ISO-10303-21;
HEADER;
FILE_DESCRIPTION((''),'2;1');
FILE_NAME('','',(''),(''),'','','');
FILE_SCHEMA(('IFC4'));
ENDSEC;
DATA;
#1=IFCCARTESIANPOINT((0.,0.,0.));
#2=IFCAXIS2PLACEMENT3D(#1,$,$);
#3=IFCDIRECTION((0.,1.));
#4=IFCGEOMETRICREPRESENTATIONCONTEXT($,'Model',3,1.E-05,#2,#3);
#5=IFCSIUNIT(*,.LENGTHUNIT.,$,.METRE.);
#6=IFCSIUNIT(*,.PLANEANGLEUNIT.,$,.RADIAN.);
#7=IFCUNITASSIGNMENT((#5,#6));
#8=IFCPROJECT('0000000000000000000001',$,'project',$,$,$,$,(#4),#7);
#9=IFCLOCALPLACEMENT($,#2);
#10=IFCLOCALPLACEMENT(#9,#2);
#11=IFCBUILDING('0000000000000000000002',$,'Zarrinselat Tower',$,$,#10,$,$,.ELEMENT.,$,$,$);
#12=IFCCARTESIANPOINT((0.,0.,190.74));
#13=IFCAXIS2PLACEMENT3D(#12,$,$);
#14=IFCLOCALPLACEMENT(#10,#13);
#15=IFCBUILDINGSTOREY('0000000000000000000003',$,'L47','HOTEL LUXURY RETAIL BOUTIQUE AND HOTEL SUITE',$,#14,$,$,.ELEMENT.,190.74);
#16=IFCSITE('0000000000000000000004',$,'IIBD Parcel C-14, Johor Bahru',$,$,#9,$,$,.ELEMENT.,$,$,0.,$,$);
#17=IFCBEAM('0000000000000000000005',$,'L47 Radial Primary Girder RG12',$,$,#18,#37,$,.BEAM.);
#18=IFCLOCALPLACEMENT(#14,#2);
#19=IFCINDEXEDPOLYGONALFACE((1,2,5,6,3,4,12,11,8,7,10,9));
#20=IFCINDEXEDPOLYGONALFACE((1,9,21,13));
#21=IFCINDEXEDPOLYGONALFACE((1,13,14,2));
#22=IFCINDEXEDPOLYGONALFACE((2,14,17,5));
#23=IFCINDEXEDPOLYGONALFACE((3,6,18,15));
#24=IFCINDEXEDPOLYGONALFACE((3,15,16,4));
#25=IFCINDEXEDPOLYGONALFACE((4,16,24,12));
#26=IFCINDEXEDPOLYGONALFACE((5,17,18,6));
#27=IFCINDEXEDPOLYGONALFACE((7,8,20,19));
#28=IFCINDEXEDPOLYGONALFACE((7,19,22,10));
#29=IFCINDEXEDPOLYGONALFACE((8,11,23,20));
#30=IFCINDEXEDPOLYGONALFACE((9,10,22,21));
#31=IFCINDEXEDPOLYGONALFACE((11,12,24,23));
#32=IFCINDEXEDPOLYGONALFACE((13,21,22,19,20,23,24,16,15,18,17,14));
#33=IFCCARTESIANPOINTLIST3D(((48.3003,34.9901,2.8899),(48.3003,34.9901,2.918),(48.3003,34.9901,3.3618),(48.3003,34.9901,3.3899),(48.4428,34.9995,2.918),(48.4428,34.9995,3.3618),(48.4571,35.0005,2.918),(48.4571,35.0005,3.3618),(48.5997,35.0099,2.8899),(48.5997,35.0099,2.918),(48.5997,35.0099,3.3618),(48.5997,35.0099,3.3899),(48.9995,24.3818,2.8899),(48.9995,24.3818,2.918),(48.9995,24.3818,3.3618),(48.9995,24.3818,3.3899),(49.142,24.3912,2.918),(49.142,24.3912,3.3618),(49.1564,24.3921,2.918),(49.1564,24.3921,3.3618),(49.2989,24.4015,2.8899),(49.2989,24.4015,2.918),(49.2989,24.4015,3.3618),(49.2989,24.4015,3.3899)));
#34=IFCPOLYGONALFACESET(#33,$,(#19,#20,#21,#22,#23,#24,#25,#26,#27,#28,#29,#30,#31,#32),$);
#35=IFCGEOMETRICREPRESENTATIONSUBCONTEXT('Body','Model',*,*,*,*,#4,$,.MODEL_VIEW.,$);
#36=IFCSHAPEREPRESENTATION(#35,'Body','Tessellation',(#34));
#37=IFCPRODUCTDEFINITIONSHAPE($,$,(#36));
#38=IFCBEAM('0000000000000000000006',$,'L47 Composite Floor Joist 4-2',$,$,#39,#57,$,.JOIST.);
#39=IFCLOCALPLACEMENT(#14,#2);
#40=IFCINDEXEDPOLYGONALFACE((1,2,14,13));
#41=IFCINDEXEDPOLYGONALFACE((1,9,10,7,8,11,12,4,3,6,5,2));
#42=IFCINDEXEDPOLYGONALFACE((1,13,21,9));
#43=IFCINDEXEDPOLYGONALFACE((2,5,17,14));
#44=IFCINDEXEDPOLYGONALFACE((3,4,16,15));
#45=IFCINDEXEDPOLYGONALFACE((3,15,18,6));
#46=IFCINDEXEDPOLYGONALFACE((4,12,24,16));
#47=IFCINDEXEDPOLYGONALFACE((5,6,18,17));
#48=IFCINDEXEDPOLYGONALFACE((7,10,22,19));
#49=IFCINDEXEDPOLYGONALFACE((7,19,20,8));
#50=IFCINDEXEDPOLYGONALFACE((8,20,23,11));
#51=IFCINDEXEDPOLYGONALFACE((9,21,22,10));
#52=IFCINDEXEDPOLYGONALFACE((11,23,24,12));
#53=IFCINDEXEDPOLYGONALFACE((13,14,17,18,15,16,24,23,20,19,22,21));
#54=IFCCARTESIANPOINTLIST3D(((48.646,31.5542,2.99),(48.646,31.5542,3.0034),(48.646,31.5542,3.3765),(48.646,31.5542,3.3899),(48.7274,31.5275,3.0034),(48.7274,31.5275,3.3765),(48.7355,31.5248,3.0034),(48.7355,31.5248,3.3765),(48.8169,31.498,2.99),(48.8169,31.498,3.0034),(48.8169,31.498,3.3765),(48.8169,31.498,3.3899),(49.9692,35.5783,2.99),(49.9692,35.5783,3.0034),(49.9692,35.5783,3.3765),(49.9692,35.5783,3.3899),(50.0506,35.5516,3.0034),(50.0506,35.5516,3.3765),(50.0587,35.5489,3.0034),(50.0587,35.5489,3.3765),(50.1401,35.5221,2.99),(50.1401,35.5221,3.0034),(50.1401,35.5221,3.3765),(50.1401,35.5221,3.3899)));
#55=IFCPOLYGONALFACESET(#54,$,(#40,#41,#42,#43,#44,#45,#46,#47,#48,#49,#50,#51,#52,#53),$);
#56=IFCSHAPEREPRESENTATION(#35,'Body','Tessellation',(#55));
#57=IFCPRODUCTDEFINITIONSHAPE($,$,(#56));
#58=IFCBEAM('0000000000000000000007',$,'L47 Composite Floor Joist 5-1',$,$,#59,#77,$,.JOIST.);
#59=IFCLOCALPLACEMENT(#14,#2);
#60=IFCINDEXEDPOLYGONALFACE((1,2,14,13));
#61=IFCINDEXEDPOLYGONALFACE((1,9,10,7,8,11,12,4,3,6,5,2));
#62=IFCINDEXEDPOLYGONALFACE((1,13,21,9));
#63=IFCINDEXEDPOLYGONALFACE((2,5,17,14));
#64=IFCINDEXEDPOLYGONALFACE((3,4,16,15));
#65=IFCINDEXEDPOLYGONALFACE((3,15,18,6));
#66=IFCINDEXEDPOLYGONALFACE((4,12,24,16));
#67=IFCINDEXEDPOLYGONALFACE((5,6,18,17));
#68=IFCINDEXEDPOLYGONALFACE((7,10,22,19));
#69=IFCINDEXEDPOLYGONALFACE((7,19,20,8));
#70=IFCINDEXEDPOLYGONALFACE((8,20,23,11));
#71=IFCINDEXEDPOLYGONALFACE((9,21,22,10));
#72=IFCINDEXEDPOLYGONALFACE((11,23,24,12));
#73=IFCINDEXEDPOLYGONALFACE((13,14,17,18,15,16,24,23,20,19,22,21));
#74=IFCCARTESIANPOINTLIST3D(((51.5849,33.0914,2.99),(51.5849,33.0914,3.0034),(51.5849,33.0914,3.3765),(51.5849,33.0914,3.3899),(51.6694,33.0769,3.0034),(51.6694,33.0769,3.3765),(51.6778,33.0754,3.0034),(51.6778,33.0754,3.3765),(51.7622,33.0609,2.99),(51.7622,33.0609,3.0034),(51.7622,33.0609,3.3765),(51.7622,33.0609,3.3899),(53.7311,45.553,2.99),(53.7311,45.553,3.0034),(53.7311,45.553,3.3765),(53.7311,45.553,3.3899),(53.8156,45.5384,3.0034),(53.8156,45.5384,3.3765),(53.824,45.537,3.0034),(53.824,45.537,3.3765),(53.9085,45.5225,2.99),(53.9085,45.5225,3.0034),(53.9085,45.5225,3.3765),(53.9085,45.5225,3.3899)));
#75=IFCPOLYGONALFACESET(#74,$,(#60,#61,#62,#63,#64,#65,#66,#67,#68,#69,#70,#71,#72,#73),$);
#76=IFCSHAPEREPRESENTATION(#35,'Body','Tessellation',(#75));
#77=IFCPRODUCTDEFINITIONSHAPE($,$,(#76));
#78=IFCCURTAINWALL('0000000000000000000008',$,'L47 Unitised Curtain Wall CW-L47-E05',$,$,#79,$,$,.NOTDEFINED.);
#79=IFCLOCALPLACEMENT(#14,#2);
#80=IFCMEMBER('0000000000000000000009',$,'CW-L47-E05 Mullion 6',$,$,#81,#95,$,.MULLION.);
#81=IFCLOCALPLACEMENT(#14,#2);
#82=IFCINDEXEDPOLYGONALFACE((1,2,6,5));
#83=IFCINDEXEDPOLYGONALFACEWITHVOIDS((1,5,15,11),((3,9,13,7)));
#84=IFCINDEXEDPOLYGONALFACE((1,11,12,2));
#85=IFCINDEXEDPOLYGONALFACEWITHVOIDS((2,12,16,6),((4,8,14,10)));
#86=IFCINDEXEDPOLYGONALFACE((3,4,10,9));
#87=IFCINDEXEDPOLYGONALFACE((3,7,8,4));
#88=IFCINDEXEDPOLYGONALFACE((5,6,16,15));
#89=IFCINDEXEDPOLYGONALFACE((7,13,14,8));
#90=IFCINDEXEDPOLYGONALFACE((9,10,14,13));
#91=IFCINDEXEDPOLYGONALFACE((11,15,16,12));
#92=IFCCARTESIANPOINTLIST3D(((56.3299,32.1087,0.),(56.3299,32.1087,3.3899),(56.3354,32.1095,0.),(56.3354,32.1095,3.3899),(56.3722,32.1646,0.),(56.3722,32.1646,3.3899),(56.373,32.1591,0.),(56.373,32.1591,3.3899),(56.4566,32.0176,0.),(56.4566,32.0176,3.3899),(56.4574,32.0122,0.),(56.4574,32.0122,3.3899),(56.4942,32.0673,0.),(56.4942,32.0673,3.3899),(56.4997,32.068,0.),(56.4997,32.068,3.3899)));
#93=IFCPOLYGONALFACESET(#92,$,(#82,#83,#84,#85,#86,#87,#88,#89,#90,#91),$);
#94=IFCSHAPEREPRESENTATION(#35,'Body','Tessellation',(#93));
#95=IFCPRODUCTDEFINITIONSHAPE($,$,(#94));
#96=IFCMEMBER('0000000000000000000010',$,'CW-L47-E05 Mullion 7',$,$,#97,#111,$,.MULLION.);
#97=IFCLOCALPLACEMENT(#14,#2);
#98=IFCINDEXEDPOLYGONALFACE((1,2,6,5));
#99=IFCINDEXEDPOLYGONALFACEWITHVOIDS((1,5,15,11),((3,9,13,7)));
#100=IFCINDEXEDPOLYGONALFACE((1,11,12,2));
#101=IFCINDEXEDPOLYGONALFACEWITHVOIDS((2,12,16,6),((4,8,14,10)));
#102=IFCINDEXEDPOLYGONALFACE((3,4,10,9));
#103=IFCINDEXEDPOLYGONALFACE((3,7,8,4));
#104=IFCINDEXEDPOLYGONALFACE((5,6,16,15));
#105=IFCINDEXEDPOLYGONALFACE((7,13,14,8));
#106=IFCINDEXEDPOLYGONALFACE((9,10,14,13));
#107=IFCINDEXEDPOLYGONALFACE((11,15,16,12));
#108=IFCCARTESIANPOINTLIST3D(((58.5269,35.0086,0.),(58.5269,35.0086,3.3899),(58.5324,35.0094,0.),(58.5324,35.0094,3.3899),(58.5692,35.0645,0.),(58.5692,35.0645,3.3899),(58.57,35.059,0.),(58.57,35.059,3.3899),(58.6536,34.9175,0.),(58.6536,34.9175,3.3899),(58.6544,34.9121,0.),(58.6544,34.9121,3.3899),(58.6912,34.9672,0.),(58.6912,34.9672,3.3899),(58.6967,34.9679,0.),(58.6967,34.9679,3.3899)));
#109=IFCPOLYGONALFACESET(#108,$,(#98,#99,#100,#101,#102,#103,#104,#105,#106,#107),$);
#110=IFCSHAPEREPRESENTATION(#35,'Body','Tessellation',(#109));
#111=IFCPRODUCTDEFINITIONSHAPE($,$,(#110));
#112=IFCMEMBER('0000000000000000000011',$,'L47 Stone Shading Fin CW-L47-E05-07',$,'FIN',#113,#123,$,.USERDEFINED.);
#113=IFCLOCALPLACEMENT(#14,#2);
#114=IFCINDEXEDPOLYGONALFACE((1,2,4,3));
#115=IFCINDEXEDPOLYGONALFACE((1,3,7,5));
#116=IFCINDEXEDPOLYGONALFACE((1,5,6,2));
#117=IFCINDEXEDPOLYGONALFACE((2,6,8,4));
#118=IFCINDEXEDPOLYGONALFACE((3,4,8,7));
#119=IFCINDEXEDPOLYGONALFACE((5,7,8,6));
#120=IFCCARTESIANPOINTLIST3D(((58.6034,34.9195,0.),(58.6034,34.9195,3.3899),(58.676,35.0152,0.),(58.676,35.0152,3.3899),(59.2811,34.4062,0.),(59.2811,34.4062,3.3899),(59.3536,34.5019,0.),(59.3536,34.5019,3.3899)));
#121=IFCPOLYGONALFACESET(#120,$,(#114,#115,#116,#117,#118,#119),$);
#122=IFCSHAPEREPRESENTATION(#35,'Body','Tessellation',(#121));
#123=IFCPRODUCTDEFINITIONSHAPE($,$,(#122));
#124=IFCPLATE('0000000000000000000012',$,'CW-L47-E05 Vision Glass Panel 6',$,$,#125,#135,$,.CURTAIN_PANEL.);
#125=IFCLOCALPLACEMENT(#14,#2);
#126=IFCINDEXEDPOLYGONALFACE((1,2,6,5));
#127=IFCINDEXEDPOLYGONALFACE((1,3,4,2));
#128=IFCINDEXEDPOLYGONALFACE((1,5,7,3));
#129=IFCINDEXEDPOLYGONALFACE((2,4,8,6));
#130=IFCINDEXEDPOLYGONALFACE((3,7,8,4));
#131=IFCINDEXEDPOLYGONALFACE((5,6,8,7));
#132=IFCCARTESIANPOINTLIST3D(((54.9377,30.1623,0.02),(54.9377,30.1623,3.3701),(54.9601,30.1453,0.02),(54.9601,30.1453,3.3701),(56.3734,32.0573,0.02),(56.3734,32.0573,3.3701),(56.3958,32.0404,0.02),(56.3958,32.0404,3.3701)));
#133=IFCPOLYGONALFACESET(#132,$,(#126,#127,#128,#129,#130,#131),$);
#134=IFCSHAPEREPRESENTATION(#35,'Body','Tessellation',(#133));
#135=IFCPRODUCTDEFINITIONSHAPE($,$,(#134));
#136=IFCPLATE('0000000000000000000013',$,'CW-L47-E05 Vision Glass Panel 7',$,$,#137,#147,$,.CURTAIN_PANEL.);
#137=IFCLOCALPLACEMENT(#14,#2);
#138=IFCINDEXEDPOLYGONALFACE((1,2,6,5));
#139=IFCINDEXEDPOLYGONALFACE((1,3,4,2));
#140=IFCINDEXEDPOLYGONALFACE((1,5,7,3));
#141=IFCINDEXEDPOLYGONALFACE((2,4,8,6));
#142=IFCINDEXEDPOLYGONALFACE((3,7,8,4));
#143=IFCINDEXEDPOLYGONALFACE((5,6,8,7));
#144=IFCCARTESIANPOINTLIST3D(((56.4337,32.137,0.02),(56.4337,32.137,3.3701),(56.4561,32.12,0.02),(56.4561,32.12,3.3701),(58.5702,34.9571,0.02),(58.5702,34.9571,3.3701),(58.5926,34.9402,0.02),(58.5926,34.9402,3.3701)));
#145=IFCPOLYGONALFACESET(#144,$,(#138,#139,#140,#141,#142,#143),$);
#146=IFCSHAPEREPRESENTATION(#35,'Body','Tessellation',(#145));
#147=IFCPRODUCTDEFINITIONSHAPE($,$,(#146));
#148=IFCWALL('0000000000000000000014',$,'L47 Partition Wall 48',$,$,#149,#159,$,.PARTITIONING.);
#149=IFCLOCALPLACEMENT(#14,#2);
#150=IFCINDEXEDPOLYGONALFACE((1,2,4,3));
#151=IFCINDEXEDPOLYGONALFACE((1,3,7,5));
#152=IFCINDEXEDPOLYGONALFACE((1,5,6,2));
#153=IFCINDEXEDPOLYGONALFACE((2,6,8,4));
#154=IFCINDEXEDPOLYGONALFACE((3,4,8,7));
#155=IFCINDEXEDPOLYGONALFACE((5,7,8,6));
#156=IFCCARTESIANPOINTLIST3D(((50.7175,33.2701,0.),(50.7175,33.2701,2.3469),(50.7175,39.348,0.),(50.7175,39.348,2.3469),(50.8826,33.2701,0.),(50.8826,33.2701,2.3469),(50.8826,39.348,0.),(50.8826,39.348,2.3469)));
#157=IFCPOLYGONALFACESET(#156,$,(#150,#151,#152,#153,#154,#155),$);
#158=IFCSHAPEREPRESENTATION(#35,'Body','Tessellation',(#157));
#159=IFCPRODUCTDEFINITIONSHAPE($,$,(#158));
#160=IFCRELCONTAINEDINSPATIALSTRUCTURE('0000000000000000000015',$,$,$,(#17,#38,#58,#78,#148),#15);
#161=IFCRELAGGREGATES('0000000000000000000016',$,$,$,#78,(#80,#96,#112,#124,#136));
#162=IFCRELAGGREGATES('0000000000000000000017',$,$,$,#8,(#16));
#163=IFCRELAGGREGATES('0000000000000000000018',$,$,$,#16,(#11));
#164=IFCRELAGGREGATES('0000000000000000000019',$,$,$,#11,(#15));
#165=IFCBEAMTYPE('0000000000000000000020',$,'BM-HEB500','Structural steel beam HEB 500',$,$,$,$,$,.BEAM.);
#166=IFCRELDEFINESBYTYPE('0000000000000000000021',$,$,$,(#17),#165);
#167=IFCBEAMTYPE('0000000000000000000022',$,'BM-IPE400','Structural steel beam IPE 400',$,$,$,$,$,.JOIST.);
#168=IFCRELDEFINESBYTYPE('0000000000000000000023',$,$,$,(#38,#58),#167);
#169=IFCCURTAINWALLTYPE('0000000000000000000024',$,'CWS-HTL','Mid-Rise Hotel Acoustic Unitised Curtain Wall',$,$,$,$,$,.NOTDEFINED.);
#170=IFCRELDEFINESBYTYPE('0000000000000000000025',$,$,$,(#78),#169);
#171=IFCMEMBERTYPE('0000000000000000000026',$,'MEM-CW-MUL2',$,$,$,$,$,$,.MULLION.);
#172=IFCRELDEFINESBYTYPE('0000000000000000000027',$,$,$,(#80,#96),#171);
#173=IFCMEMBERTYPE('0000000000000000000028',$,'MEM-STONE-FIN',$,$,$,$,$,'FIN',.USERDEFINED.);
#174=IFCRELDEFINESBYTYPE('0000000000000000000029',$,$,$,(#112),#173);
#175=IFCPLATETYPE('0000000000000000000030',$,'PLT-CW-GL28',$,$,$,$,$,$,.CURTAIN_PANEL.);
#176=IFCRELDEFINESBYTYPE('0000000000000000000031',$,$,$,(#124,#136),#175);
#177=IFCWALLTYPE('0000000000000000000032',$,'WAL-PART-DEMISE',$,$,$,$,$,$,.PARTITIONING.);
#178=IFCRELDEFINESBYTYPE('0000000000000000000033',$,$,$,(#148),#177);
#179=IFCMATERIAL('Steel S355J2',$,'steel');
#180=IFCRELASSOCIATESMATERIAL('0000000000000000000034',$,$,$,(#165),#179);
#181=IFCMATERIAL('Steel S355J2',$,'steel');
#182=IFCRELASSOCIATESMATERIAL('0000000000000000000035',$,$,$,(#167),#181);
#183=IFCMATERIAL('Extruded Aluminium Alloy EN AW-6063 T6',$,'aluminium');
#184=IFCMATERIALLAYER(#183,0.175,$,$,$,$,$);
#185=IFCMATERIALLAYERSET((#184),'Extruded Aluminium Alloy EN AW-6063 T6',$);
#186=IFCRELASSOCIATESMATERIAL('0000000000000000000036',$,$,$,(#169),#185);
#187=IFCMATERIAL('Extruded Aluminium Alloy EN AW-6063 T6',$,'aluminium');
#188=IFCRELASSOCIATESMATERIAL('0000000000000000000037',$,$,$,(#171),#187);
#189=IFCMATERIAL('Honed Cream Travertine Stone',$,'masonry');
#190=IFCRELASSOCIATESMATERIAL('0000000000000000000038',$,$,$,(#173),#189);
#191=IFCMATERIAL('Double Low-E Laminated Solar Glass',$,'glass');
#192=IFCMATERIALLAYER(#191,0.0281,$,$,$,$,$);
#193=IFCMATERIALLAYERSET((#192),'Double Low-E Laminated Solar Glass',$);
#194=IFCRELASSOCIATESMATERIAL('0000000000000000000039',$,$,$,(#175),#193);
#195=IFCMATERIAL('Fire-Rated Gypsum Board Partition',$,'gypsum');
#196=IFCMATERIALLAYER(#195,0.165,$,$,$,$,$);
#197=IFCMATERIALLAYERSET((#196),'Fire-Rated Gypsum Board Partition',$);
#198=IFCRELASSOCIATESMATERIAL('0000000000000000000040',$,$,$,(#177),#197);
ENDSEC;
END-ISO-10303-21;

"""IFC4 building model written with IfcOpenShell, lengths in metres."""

from ifc_helpers import new_model, si_unit, direction, frame, frame_2d, origin, origin_2d, place, context, subcontext, project, spatial, rectangle, hollow_rectangle, i_section, extrude, material, layer, layer_set, material_profile, profile_set, type_object, element, aggregate, save


model = new_model("IFC4")

# Units and contexts
model_context = context("Model", 3, precision=1e-05, world=origin(), true_north=direction((0.0, 1.0)))
body_context = subcontext(model_context, "Body", "Model", "MODEL_VIEW")
ifc_project = project(units=[si_unit("LENGTHUNIT", "METRE"), si_unit("PLANEANGLEUNIT", "RADIAN")], contexts=[model_context])

# Site, building, storey
site_placement = place(None, origin())
site = spatial("IfcSite", under=ifc_project, at=site_placement, Name="IIBD Parcel C-14, Johor Bahru", CompositionType="ELEMENT", RefElevation=0.0)
building_placement = place(site_placement, origin())
building = spatial("IfcBuilding", under=site, at=building_placement, Name="Zarrinselat Tower", CompositionType="ELEMENT")
storey_placement = place(building_placement, frame((0.0, 0.0, 190.74)))
storey = spatial("IfcBuildingStorey", under=building, at=storey_placement, Name="L47", Description="HOTEL LUXURY RETAIL BOUTIQUE AND HOTEL SUITE", CompositionType="ELEMENT", Elevation=190.74)

# Beams
ifc_material_1 = material(Name="Steel S355J2", Category="steel")
ifc_material_profile_1 = material_profile(ifc_material_1, i_section(OverallWidth=0.3, OverallDepth=0.5, WebThickness=0.0144, FlangeThickness=0.0281, at=origin_2d()), Name="HEB 500")
ifc_profile_set_1 = profile_set([ifc_material_profile_1], Name="Steel S355J2")
beam_type_1 = type_object("IfcBeamType", Name="BM-HEB500", Description="Structural steel beam HEB 500", PredefinedType="BEAM", material=ifc_profile_set_1)
beam_1_placement = place(storey_placement, frame((48.45, 35.0, 3.1399), z_axis=(0.065769, -0.997835, 0.0), x_axis=(0.997835, 0.065769, 0.0)))
element("IfcBeam", 1, at=beam_1_placement, inside=storey, type_object=beam_type_1, Name="L47 Radial Primary Girder RG12", PredefinedType="BEAM", context=body_context, shape_type="SweptSolid", body=[
    extrude(i_section(OverallWidth=0.3, OverallDepth=0.5, WebThickness=0.0144, FlangeThickness=0.0281, at=origin_2d()), origin(), (0.0, 0.0, 1.0), 10.6313),
])
ifc_material_2 = material(Name="Steel S355J2", Category="steel")
ifc_material_profile_2 = material_profile(ifc_material_2, i_section(OverallWidth=0.1799, OverallDepth=0.3999, WebThickness=0.0085, FlangeThickness=0.0134, at=origin_2d()), Name="IPE 400")
ifc_profile_set_2 = profile_set([ifc_material_profile_2], Name="Steel S355J2")
beam_type_2 = type_object("IfcBeamType", Name="BM-IPE400", Description="Structural steel beam IPE 400", PredefinedType="JOIST", material=ifc_profile_set_2)
beam_2_placement = place(storey_placement, frame((48.7314, 31.5261, 3.1899), z_axis=(0.31237, 0.949961, 0.0), x_axis=(-0.949961, 0.31237, 0.0)))
element("IfcBeam", 2, at=beam_2_placement, inside=storey, type_object=beam_type_2, Name="L47 Composite Floor Joist 4-2", PredefinedType="JOIST", context=body_context, shape_type="SweptSolid", body=[
    extrude(i_section(OverallWidth=0.1799, OverallDepth=0.3999, WebThickness=0.0085, FlangeThickness=0.0134, at=origin_2d()), origin(), (0.0, 0.0, 1.0), 4.2361),
])
beam_3_placement = place(storey_placement, frame((51.6736, 33.0762, 3.1899), z_axis=(0.169728, 0.985491, 0.0), x_axis=(-0.985491, 0.169728, 0.0)))
element("IfcBeam", 3, at=beam_3_placement, inside=storey, type_object=beam_type_2, Name="L47 Composite Floor Joist 5-1", PredefinedType="JOIST", context=body_context, shape_type="SweptSolid", body=[
    extrude(i_section(OverallWidth=0.1799, OverallDepth=0.3999, WebThickness=0.0085, FlangeThickness=0.0134, at=origin_2d()), origin(), (0.0, 0.0, 1.0), 12.645),
])

# Curtain wall, members, plates
ifc_material_3 = material(Name="Extruded Aluminium Alloy EN AW-6063 T6", Category="aluminium")
ifc_layer_1 = layer(ifc_material_3, 0.175)
ifc_layer_set_1 = layer_set([ifc_layer_1], Name="Extruded Aluminium Alloy EN AW-6063 T6")
curtain_wall_type = type_object("IfcCurtainWallType", Name="CWS-HTL", Description="Mid-Rise Hotel Acoustic Unitised Curtain Wall", PredefinedType="NOTDEFINED", material=ifc_layer_set_1)
curtain_wall_placement = place(storey_placement, origin())
curtain_wall = element("IfcCurtainWall", 4, at=curtain_wall_placement, inside=storey, type_object=curtain_wall_type, Name="L47 Unitised Curtain Wall CW-L47-E05", PredefinedType="NOTDEFINED")
ifc_material_4 = material(Name="Extruded Aluminium Alloy EN AW-6063 T6", Category="aluminium")
ifc_material_profile_3 = material_profile(ifc_material_4, hollow_rectangle(XDim=0.0701, YDim=0.1599, WallThickness=0.0039, at=origin_2d()), Name="RHS 160x70x4")
ifc_profile_set_3 = profile_set([ifc_material_profile_3], Name="Extruded Aluminium Alloy EN AW-6063 T6")
member_type_1 = type_object("IfcMemberType", Name="MEM-CW-MUL2", PredefinedType="MULLION", material=ifc_profile_set_3)
member_1_placement = place(storey_placement, frame((56.4148, 32.0884, 0.0), z_axis=(0.0, 0.0, 1.0), x_axis=(0.603857, 0.797093, 0.0)))
member_1 = element("IfcMember", 5, at=member_1_placement, type_object=member_type_1, Name="CW-L47-E05 Mullion 6", PredefinedType="MULLION", context=body_context, shape_type="SweptSolid", body=[
    extrude(hollow_rectangle(XDim=0.0701, YDim=0.1599, WallThickness=0.0039, at=origin_2d()), origin(), (0.0, 0.0, 1.0), 3.3899),
])
member_2_placement = place(storey_placement, frame((58.6118, 34.9883, 0.0), z_axis=(0.0, 0.0, 1.0), x_axis=(0.603857, 0.797093, 0.0)))
member_2 = element("IfcMember", 6, at=member_2_placement, type_object=member_type_1, Name="CW-L47-E05 Mullion 7", PredefinedType="MULLION", context=body_context, shape_type="SweptSolid", body=[
    extrude(hollow_rectangle(XDim=0.0701, YDim=0.1599, WallThickness=0.0039, at=origin_2d()), origin(), (0.0, 0.0, 1.0), 3.3899),
])
ifc_material_5 = material(Name="Honed Cream Travertine Stone", Category="masonry")
ifc_material_profile_4 = material_profile(ifc_material_5, rectangle(XDim=0.1201, YDim=0.8501, at=origin_2d()), Name="FIN 850x120")
ifc_profile_set_4 = profile_set([ifc_material_profile_4], Name="Honed Cream Travertine Stone")
member_type_2 = type_object("IfcMemberType", Name="MEM-STONE-FIN", ElementType="FIN", PredefinedType="USERDEFINED", material=ifc_profile_set_4)
member_3_placement = place(storey_placement, frame((58.9785, 34.7107, 0.0), z_axis=(0.0, 0.0, 1.0), x_axis=(-0.603857, -0.797093, 0.0)))
member_3 = element("IfcMember", 7, at=member_3_placement, type_object=member_type_2, Name="L47 Stone Shading Fin CW-L47-E05-07", ObjectType="FIN", PredefinedType="USERDEFINED", context=body_context, shape_type="SweptSolid", body=[
    extrude(rectangle(XDim=0.1201, YDim=0.8501, at=origin_2d()), origin(), (0.0, 0.0, 1.0), 3.3899),
])
ifc_material_6 = material(Name="Double Low-E Laminated Solar Glass", Category="glass")
ifc_layer_2 = layer(ifc_material_6, 0.0281)
ifc_layer_set_2 = layer_set([ifc_layer_2], Name="Double Low-E Laminated Solar Glass")
plate_type = type_object("IfcPlateType", Name="PLT-CW-GL28", PredefinedType="CURTAIN_PANEL", material=ifc_layer_set_2)
plate_1_placement = place(storey_placement, frame((55.6667, 31.1013, 0.02), z_axis=(0.0, 0.0, 1.0), x_axis=(0.603857, 0.797093, 0.0)))
plate_1 = element("IfcPlate", 8, at=plate_1_placement, type_object=plate_type, Name="CW-L47-E05 Vision Glass Panel 6", PredefinedType="CURTAIN_PANEL", context=body_context, shape_type="SweptSolid", body=[
    extrude(rectangle(XDim=2.3774, YDim=0.0281, at=origin_2d()), origin(), (0.0, 0.0, 1.0), 3.3501),
])
plate_2_placement = place(storey_placement, frame((57.5132, 33.5386, 0.02), z_axis=(0.0, 0.0, 1.0), x_axis=(0.603857, 0.797093, 0.0)))
plate_2 = element("IfcPlate", 9, at=plate_2_placement, type_object=plate_type, Name="CW-L47-E05 Vision Glass Panel 7", PredefinedType="CURTAIN_PANEL", context=body_context, shape_type="SweptSolid", body=[
    extrude(rectangle(XDim=3.5381, YDim=0.0281, at=origin_2d()), origin(), (0.0, 0.0, 1.0), 3.3501),
])
aggregate(curtain_wall, [member_1, member_2, member_3, plate_1, plate_2])

# Wall
ifc_material_7 = material(Name="Fire-Rated Gypsum Board Partition", Category="gypsum")
ifc_layer_3 = layer(ifc_material_7, 0.165)
ifc_layer_set_3 = layer_set([ifc_layer_3], Name="Fire-Rated Gypsum Board Partition")
wall_type_1 = type_object("IfcWallType", Name="WAL-PART-DEMISE", PredefinedType="PARTITIONING", material=ifc_layer_set_3)
wall_1_placement = place(storey_placement, frame((50.8, 33.27, 0.0), z_axis=(0.0, 0.0, 1.0), x_axis=(0.0, 1.0, 0.0)))
element("IfcWall", 10, at=wall_1_placement, inside=storey, type_object=wall_type_1, Name="L47 Partition Wall 48", PredefinedType="PARTITIONING", context=body_context, shape_type="SweptSolid", body=[
    extrude(rectangle(XDim=6.0779, YDim=0.165, at=frame_2d((3.0391, 0.0))), origin(), (0.0, 0.0, 1.0), 2.3469),
])

save(model, "model.ifc")
